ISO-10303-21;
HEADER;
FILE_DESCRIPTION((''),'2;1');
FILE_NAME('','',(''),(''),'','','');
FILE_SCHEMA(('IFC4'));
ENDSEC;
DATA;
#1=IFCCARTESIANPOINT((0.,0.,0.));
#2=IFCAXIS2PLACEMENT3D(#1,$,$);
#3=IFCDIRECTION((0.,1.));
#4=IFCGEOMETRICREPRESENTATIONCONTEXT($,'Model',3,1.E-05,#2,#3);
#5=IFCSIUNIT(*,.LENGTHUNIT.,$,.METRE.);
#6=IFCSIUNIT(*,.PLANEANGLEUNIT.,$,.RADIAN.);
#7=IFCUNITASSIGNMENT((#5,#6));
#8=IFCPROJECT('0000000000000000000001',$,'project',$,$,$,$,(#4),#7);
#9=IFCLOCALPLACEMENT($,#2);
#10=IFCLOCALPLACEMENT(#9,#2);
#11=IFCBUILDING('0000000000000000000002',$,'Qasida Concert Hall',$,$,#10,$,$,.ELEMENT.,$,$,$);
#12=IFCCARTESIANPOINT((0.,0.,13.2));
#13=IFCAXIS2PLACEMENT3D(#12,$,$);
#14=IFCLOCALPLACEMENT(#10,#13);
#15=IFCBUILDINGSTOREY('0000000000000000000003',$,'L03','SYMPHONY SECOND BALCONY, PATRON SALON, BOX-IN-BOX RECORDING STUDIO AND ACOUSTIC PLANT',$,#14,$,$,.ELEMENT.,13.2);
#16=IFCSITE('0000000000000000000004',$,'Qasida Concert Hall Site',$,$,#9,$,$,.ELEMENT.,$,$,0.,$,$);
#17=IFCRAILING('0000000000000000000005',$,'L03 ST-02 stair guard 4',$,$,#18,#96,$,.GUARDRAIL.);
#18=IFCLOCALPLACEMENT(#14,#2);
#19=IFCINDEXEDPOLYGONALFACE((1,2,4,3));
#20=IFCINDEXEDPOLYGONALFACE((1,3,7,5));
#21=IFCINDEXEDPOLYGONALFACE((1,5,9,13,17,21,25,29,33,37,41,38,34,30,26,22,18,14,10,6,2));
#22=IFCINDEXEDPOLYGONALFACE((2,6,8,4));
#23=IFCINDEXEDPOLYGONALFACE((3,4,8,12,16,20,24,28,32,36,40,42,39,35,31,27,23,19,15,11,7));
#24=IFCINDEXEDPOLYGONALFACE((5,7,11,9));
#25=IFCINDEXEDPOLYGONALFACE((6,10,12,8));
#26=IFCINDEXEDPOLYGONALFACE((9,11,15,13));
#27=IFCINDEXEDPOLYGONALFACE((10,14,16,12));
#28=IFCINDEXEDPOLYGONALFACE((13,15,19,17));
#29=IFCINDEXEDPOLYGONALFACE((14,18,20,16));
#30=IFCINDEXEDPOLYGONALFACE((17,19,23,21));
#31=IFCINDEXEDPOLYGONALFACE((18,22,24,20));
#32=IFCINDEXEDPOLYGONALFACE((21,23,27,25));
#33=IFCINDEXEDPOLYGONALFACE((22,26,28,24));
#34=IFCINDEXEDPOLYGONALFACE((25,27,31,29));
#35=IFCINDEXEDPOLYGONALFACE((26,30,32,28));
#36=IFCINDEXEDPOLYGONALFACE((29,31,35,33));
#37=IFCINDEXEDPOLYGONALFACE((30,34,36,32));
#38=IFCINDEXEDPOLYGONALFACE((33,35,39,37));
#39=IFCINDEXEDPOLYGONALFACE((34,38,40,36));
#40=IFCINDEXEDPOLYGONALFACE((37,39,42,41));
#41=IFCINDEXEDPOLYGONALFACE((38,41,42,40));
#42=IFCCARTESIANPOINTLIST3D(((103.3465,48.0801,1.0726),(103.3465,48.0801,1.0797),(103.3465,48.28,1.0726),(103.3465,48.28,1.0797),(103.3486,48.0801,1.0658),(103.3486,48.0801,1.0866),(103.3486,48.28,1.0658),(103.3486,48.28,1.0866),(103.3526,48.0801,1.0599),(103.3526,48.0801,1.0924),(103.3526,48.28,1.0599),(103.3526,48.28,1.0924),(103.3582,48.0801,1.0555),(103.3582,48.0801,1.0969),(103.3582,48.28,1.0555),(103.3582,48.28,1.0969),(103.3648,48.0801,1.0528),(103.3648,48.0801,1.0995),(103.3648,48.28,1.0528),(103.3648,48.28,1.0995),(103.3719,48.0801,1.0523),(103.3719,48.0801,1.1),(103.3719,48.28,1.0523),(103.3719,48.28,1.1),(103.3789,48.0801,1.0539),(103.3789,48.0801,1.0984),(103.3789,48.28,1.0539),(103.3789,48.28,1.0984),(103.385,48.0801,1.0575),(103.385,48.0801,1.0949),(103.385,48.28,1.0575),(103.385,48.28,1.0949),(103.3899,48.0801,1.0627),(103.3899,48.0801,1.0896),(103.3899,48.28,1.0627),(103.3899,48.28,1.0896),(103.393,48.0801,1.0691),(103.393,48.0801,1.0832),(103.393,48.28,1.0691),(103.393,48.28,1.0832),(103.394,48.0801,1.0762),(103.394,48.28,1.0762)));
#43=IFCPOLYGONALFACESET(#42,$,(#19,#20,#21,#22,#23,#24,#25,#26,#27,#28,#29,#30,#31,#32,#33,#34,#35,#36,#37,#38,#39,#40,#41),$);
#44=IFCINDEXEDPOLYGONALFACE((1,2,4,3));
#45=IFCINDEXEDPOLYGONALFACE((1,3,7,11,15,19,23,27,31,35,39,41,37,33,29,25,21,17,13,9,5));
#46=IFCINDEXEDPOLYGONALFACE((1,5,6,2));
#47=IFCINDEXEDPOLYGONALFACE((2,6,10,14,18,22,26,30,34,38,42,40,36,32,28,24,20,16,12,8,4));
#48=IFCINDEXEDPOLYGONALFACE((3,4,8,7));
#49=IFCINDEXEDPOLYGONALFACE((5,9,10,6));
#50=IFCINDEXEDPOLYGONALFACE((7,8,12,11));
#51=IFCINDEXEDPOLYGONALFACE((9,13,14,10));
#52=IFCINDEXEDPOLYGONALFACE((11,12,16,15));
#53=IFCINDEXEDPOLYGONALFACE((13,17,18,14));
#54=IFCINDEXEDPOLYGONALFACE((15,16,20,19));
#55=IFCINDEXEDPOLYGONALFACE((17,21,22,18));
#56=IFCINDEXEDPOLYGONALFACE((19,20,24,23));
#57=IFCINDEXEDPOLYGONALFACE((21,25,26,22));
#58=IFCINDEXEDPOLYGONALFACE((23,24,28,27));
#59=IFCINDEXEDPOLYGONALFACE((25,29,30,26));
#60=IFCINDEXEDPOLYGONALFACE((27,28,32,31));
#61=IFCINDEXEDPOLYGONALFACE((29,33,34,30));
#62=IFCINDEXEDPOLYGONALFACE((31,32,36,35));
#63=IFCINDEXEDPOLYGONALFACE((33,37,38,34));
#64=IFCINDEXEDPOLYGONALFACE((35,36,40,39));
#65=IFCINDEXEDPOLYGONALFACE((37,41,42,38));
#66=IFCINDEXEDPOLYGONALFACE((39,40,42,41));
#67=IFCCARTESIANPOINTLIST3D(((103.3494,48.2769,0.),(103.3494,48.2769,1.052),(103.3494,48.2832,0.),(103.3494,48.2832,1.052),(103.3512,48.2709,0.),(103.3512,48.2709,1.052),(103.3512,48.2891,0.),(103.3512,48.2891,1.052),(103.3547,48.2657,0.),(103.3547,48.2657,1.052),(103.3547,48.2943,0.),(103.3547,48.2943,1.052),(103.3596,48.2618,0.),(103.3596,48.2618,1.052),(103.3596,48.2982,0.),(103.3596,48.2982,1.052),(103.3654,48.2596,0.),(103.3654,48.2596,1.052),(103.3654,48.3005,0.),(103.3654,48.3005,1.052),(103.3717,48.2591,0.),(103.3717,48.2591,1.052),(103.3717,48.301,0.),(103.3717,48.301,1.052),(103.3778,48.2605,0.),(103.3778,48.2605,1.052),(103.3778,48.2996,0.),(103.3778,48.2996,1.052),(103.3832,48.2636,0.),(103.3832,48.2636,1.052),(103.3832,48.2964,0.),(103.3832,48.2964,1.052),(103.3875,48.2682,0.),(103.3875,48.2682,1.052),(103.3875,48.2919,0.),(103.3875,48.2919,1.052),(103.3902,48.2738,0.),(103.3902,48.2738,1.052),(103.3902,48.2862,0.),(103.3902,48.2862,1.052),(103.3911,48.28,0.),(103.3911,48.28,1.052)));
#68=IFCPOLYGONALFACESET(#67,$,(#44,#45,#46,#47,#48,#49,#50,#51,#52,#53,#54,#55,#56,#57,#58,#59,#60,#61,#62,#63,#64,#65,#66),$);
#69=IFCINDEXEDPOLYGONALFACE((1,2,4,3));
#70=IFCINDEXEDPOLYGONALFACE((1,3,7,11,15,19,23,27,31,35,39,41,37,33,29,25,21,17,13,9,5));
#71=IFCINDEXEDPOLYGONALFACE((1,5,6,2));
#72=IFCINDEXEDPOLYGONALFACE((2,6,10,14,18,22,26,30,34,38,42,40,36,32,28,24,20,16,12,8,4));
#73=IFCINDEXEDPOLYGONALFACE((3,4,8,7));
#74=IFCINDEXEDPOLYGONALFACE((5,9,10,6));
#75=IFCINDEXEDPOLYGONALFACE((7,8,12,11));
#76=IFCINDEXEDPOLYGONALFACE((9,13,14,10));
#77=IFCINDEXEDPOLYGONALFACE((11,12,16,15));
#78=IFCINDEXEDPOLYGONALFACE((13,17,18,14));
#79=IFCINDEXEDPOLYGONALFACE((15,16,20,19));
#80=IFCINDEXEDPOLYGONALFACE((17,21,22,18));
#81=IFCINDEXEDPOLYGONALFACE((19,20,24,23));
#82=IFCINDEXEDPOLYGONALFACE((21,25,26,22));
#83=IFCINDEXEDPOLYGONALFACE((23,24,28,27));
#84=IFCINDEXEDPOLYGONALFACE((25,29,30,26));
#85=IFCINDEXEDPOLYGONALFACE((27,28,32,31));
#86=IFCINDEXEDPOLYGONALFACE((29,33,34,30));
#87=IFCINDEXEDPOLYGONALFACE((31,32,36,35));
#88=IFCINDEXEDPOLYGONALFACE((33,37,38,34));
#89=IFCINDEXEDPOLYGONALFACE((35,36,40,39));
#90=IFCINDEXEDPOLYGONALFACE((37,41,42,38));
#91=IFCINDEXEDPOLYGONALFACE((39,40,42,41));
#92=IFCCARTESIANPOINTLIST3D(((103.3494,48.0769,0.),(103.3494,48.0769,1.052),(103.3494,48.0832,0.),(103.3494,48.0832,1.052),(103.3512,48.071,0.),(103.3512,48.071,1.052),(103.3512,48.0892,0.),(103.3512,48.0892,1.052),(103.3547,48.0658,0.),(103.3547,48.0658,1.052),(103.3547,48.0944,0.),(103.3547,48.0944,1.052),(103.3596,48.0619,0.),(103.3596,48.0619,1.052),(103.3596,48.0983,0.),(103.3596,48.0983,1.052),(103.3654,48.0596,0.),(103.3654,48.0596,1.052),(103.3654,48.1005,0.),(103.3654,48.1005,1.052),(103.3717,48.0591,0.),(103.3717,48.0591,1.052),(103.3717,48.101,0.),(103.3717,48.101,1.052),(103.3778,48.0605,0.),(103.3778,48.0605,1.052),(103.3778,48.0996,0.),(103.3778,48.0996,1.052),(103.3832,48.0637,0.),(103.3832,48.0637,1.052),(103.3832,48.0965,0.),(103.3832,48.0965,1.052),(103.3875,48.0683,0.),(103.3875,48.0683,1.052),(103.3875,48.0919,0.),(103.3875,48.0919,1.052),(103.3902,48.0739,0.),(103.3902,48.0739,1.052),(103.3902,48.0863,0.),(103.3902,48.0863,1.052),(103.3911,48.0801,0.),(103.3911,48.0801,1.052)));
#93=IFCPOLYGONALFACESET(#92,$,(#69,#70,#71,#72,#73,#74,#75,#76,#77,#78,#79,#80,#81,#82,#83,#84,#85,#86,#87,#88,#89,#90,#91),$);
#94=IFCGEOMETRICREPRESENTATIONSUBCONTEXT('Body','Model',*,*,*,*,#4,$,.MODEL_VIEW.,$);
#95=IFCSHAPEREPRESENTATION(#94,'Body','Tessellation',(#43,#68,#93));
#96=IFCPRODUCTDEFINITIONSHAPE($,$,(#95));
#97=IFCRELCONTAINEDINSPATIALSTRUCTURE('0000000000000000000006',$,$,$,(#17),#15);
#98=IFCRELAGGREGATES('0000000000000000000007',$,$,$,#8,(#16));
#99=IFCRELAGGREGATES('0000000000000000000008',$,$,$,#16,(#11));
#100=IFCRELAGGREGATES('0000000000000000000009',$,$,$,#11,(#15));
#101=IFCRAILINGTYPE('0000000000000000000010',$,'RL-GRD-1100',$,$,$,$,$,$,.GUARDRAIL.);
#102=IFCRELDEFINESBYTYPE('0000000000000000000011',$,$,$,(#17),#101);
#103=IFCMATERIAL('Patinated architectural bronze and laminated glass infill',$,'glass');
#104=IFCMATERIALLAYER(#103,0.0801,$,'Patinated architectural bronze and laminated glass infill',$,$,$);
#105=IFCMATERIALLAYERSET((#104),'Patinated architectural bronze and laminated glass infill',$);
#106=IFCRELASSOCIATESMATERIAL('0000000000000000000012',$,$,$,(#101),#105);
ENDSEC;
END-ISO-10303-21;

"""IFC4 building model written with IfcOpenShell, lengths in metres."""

from ifc_helpers import new_model, si_unit, direction, frame, origin, origin_2d, place, context, subcontext, project, spatial, circle, extrude, material, layer, layer_set, type_object, element, save


model = new_model("IFC4")

# Units and contexts
model_context = context("Model", 3, precision=1e-05, world=origin(), true_north=direction((0.0, 1.0)))
body_context = subcontext(model_context, "Body", "Model", "MODEL_VIEW")
ifc_project = project(units=[si_unit("LENGTHUNIT", "METRE"), si_unit("PLANEANGLEUNIT", "RADIAN")], contexts=[model_context])

# Site, building, storey
site_placement = place(None, origin())
site = spatial("IfcSite", under=ifc_project, at=site_placement, Name="Qasida Concert Hall Site", CompositionType="ELEMENT", RefElevation=0.0)
building_placement = place(site_placement, origin())
building = spatial("IfcBuilding", under=site, at=building_placement, Name="Qasida Concert Hall", CompositionType="ELEMENT")
storey_placement = place(building_placement, frame((0.0, 0.0, 13.2)))
storey = spatial("IfcBuildingStorey", under=building, at=storey_placement, Name="L03", Description="SYMPHONY SECOND BALCONY, PATRON SALON, BOX-IN-BOX RECORDING STUDIO AND ACOUSTIC PLANT", CompositionType="ELEMENT", Elevation=13.2)

# Railing
ifc_material_1 = material(Name="Patinated architectural bronze and laminated glass infill", Category="glass")
ifc_layer_1 = layer(ifc_material_1, 0.0801, Name="Patinated architectural bronze and laminated glass infill")
ifc_layer_set_1 = layer_set([ifc_layer_1], Name="Patinated architectural bronze and laminated glass infill")
railing_type_1 = type_object("IfcRailingType", Name="RL-GRD-1100", PredefinedType="GUARDRAIL", material=ifc_layer_set_1)
railing_1_placement = place(storey_placement, frame((103.3701, 48.28, 0.0)))
element("IfcRailing", 1, at=railing_1_placement, inside=storey, type_object=railing_type_1, Name="L03 ST-02 stair guard 4", PredefinedType="GUARDRAIL", context=body_context, shape_type="SweptSolid", body=[
    extrude(circle(Radius=0.0239, at=origin_2d()), frame((0.0, 0.0, 1.0762), z_axis=(0.0, -1.0, 0.0), x_axis=(1.0, 0.0, 0.0)), (0.0, 0.0, 1.0), 0.2),
    extrude(circle(Radius=0.021, at=origin_2d()), origin(), (0.0, 0.0, 1.0), 1.052),
    extrude(circle(Radius=0.021, at=origin_2d()), frame((0.0, -0.2, 0.0)), (0.0, 0.0, 1.0), 1.052),
])

save(model, "model.ifc")
